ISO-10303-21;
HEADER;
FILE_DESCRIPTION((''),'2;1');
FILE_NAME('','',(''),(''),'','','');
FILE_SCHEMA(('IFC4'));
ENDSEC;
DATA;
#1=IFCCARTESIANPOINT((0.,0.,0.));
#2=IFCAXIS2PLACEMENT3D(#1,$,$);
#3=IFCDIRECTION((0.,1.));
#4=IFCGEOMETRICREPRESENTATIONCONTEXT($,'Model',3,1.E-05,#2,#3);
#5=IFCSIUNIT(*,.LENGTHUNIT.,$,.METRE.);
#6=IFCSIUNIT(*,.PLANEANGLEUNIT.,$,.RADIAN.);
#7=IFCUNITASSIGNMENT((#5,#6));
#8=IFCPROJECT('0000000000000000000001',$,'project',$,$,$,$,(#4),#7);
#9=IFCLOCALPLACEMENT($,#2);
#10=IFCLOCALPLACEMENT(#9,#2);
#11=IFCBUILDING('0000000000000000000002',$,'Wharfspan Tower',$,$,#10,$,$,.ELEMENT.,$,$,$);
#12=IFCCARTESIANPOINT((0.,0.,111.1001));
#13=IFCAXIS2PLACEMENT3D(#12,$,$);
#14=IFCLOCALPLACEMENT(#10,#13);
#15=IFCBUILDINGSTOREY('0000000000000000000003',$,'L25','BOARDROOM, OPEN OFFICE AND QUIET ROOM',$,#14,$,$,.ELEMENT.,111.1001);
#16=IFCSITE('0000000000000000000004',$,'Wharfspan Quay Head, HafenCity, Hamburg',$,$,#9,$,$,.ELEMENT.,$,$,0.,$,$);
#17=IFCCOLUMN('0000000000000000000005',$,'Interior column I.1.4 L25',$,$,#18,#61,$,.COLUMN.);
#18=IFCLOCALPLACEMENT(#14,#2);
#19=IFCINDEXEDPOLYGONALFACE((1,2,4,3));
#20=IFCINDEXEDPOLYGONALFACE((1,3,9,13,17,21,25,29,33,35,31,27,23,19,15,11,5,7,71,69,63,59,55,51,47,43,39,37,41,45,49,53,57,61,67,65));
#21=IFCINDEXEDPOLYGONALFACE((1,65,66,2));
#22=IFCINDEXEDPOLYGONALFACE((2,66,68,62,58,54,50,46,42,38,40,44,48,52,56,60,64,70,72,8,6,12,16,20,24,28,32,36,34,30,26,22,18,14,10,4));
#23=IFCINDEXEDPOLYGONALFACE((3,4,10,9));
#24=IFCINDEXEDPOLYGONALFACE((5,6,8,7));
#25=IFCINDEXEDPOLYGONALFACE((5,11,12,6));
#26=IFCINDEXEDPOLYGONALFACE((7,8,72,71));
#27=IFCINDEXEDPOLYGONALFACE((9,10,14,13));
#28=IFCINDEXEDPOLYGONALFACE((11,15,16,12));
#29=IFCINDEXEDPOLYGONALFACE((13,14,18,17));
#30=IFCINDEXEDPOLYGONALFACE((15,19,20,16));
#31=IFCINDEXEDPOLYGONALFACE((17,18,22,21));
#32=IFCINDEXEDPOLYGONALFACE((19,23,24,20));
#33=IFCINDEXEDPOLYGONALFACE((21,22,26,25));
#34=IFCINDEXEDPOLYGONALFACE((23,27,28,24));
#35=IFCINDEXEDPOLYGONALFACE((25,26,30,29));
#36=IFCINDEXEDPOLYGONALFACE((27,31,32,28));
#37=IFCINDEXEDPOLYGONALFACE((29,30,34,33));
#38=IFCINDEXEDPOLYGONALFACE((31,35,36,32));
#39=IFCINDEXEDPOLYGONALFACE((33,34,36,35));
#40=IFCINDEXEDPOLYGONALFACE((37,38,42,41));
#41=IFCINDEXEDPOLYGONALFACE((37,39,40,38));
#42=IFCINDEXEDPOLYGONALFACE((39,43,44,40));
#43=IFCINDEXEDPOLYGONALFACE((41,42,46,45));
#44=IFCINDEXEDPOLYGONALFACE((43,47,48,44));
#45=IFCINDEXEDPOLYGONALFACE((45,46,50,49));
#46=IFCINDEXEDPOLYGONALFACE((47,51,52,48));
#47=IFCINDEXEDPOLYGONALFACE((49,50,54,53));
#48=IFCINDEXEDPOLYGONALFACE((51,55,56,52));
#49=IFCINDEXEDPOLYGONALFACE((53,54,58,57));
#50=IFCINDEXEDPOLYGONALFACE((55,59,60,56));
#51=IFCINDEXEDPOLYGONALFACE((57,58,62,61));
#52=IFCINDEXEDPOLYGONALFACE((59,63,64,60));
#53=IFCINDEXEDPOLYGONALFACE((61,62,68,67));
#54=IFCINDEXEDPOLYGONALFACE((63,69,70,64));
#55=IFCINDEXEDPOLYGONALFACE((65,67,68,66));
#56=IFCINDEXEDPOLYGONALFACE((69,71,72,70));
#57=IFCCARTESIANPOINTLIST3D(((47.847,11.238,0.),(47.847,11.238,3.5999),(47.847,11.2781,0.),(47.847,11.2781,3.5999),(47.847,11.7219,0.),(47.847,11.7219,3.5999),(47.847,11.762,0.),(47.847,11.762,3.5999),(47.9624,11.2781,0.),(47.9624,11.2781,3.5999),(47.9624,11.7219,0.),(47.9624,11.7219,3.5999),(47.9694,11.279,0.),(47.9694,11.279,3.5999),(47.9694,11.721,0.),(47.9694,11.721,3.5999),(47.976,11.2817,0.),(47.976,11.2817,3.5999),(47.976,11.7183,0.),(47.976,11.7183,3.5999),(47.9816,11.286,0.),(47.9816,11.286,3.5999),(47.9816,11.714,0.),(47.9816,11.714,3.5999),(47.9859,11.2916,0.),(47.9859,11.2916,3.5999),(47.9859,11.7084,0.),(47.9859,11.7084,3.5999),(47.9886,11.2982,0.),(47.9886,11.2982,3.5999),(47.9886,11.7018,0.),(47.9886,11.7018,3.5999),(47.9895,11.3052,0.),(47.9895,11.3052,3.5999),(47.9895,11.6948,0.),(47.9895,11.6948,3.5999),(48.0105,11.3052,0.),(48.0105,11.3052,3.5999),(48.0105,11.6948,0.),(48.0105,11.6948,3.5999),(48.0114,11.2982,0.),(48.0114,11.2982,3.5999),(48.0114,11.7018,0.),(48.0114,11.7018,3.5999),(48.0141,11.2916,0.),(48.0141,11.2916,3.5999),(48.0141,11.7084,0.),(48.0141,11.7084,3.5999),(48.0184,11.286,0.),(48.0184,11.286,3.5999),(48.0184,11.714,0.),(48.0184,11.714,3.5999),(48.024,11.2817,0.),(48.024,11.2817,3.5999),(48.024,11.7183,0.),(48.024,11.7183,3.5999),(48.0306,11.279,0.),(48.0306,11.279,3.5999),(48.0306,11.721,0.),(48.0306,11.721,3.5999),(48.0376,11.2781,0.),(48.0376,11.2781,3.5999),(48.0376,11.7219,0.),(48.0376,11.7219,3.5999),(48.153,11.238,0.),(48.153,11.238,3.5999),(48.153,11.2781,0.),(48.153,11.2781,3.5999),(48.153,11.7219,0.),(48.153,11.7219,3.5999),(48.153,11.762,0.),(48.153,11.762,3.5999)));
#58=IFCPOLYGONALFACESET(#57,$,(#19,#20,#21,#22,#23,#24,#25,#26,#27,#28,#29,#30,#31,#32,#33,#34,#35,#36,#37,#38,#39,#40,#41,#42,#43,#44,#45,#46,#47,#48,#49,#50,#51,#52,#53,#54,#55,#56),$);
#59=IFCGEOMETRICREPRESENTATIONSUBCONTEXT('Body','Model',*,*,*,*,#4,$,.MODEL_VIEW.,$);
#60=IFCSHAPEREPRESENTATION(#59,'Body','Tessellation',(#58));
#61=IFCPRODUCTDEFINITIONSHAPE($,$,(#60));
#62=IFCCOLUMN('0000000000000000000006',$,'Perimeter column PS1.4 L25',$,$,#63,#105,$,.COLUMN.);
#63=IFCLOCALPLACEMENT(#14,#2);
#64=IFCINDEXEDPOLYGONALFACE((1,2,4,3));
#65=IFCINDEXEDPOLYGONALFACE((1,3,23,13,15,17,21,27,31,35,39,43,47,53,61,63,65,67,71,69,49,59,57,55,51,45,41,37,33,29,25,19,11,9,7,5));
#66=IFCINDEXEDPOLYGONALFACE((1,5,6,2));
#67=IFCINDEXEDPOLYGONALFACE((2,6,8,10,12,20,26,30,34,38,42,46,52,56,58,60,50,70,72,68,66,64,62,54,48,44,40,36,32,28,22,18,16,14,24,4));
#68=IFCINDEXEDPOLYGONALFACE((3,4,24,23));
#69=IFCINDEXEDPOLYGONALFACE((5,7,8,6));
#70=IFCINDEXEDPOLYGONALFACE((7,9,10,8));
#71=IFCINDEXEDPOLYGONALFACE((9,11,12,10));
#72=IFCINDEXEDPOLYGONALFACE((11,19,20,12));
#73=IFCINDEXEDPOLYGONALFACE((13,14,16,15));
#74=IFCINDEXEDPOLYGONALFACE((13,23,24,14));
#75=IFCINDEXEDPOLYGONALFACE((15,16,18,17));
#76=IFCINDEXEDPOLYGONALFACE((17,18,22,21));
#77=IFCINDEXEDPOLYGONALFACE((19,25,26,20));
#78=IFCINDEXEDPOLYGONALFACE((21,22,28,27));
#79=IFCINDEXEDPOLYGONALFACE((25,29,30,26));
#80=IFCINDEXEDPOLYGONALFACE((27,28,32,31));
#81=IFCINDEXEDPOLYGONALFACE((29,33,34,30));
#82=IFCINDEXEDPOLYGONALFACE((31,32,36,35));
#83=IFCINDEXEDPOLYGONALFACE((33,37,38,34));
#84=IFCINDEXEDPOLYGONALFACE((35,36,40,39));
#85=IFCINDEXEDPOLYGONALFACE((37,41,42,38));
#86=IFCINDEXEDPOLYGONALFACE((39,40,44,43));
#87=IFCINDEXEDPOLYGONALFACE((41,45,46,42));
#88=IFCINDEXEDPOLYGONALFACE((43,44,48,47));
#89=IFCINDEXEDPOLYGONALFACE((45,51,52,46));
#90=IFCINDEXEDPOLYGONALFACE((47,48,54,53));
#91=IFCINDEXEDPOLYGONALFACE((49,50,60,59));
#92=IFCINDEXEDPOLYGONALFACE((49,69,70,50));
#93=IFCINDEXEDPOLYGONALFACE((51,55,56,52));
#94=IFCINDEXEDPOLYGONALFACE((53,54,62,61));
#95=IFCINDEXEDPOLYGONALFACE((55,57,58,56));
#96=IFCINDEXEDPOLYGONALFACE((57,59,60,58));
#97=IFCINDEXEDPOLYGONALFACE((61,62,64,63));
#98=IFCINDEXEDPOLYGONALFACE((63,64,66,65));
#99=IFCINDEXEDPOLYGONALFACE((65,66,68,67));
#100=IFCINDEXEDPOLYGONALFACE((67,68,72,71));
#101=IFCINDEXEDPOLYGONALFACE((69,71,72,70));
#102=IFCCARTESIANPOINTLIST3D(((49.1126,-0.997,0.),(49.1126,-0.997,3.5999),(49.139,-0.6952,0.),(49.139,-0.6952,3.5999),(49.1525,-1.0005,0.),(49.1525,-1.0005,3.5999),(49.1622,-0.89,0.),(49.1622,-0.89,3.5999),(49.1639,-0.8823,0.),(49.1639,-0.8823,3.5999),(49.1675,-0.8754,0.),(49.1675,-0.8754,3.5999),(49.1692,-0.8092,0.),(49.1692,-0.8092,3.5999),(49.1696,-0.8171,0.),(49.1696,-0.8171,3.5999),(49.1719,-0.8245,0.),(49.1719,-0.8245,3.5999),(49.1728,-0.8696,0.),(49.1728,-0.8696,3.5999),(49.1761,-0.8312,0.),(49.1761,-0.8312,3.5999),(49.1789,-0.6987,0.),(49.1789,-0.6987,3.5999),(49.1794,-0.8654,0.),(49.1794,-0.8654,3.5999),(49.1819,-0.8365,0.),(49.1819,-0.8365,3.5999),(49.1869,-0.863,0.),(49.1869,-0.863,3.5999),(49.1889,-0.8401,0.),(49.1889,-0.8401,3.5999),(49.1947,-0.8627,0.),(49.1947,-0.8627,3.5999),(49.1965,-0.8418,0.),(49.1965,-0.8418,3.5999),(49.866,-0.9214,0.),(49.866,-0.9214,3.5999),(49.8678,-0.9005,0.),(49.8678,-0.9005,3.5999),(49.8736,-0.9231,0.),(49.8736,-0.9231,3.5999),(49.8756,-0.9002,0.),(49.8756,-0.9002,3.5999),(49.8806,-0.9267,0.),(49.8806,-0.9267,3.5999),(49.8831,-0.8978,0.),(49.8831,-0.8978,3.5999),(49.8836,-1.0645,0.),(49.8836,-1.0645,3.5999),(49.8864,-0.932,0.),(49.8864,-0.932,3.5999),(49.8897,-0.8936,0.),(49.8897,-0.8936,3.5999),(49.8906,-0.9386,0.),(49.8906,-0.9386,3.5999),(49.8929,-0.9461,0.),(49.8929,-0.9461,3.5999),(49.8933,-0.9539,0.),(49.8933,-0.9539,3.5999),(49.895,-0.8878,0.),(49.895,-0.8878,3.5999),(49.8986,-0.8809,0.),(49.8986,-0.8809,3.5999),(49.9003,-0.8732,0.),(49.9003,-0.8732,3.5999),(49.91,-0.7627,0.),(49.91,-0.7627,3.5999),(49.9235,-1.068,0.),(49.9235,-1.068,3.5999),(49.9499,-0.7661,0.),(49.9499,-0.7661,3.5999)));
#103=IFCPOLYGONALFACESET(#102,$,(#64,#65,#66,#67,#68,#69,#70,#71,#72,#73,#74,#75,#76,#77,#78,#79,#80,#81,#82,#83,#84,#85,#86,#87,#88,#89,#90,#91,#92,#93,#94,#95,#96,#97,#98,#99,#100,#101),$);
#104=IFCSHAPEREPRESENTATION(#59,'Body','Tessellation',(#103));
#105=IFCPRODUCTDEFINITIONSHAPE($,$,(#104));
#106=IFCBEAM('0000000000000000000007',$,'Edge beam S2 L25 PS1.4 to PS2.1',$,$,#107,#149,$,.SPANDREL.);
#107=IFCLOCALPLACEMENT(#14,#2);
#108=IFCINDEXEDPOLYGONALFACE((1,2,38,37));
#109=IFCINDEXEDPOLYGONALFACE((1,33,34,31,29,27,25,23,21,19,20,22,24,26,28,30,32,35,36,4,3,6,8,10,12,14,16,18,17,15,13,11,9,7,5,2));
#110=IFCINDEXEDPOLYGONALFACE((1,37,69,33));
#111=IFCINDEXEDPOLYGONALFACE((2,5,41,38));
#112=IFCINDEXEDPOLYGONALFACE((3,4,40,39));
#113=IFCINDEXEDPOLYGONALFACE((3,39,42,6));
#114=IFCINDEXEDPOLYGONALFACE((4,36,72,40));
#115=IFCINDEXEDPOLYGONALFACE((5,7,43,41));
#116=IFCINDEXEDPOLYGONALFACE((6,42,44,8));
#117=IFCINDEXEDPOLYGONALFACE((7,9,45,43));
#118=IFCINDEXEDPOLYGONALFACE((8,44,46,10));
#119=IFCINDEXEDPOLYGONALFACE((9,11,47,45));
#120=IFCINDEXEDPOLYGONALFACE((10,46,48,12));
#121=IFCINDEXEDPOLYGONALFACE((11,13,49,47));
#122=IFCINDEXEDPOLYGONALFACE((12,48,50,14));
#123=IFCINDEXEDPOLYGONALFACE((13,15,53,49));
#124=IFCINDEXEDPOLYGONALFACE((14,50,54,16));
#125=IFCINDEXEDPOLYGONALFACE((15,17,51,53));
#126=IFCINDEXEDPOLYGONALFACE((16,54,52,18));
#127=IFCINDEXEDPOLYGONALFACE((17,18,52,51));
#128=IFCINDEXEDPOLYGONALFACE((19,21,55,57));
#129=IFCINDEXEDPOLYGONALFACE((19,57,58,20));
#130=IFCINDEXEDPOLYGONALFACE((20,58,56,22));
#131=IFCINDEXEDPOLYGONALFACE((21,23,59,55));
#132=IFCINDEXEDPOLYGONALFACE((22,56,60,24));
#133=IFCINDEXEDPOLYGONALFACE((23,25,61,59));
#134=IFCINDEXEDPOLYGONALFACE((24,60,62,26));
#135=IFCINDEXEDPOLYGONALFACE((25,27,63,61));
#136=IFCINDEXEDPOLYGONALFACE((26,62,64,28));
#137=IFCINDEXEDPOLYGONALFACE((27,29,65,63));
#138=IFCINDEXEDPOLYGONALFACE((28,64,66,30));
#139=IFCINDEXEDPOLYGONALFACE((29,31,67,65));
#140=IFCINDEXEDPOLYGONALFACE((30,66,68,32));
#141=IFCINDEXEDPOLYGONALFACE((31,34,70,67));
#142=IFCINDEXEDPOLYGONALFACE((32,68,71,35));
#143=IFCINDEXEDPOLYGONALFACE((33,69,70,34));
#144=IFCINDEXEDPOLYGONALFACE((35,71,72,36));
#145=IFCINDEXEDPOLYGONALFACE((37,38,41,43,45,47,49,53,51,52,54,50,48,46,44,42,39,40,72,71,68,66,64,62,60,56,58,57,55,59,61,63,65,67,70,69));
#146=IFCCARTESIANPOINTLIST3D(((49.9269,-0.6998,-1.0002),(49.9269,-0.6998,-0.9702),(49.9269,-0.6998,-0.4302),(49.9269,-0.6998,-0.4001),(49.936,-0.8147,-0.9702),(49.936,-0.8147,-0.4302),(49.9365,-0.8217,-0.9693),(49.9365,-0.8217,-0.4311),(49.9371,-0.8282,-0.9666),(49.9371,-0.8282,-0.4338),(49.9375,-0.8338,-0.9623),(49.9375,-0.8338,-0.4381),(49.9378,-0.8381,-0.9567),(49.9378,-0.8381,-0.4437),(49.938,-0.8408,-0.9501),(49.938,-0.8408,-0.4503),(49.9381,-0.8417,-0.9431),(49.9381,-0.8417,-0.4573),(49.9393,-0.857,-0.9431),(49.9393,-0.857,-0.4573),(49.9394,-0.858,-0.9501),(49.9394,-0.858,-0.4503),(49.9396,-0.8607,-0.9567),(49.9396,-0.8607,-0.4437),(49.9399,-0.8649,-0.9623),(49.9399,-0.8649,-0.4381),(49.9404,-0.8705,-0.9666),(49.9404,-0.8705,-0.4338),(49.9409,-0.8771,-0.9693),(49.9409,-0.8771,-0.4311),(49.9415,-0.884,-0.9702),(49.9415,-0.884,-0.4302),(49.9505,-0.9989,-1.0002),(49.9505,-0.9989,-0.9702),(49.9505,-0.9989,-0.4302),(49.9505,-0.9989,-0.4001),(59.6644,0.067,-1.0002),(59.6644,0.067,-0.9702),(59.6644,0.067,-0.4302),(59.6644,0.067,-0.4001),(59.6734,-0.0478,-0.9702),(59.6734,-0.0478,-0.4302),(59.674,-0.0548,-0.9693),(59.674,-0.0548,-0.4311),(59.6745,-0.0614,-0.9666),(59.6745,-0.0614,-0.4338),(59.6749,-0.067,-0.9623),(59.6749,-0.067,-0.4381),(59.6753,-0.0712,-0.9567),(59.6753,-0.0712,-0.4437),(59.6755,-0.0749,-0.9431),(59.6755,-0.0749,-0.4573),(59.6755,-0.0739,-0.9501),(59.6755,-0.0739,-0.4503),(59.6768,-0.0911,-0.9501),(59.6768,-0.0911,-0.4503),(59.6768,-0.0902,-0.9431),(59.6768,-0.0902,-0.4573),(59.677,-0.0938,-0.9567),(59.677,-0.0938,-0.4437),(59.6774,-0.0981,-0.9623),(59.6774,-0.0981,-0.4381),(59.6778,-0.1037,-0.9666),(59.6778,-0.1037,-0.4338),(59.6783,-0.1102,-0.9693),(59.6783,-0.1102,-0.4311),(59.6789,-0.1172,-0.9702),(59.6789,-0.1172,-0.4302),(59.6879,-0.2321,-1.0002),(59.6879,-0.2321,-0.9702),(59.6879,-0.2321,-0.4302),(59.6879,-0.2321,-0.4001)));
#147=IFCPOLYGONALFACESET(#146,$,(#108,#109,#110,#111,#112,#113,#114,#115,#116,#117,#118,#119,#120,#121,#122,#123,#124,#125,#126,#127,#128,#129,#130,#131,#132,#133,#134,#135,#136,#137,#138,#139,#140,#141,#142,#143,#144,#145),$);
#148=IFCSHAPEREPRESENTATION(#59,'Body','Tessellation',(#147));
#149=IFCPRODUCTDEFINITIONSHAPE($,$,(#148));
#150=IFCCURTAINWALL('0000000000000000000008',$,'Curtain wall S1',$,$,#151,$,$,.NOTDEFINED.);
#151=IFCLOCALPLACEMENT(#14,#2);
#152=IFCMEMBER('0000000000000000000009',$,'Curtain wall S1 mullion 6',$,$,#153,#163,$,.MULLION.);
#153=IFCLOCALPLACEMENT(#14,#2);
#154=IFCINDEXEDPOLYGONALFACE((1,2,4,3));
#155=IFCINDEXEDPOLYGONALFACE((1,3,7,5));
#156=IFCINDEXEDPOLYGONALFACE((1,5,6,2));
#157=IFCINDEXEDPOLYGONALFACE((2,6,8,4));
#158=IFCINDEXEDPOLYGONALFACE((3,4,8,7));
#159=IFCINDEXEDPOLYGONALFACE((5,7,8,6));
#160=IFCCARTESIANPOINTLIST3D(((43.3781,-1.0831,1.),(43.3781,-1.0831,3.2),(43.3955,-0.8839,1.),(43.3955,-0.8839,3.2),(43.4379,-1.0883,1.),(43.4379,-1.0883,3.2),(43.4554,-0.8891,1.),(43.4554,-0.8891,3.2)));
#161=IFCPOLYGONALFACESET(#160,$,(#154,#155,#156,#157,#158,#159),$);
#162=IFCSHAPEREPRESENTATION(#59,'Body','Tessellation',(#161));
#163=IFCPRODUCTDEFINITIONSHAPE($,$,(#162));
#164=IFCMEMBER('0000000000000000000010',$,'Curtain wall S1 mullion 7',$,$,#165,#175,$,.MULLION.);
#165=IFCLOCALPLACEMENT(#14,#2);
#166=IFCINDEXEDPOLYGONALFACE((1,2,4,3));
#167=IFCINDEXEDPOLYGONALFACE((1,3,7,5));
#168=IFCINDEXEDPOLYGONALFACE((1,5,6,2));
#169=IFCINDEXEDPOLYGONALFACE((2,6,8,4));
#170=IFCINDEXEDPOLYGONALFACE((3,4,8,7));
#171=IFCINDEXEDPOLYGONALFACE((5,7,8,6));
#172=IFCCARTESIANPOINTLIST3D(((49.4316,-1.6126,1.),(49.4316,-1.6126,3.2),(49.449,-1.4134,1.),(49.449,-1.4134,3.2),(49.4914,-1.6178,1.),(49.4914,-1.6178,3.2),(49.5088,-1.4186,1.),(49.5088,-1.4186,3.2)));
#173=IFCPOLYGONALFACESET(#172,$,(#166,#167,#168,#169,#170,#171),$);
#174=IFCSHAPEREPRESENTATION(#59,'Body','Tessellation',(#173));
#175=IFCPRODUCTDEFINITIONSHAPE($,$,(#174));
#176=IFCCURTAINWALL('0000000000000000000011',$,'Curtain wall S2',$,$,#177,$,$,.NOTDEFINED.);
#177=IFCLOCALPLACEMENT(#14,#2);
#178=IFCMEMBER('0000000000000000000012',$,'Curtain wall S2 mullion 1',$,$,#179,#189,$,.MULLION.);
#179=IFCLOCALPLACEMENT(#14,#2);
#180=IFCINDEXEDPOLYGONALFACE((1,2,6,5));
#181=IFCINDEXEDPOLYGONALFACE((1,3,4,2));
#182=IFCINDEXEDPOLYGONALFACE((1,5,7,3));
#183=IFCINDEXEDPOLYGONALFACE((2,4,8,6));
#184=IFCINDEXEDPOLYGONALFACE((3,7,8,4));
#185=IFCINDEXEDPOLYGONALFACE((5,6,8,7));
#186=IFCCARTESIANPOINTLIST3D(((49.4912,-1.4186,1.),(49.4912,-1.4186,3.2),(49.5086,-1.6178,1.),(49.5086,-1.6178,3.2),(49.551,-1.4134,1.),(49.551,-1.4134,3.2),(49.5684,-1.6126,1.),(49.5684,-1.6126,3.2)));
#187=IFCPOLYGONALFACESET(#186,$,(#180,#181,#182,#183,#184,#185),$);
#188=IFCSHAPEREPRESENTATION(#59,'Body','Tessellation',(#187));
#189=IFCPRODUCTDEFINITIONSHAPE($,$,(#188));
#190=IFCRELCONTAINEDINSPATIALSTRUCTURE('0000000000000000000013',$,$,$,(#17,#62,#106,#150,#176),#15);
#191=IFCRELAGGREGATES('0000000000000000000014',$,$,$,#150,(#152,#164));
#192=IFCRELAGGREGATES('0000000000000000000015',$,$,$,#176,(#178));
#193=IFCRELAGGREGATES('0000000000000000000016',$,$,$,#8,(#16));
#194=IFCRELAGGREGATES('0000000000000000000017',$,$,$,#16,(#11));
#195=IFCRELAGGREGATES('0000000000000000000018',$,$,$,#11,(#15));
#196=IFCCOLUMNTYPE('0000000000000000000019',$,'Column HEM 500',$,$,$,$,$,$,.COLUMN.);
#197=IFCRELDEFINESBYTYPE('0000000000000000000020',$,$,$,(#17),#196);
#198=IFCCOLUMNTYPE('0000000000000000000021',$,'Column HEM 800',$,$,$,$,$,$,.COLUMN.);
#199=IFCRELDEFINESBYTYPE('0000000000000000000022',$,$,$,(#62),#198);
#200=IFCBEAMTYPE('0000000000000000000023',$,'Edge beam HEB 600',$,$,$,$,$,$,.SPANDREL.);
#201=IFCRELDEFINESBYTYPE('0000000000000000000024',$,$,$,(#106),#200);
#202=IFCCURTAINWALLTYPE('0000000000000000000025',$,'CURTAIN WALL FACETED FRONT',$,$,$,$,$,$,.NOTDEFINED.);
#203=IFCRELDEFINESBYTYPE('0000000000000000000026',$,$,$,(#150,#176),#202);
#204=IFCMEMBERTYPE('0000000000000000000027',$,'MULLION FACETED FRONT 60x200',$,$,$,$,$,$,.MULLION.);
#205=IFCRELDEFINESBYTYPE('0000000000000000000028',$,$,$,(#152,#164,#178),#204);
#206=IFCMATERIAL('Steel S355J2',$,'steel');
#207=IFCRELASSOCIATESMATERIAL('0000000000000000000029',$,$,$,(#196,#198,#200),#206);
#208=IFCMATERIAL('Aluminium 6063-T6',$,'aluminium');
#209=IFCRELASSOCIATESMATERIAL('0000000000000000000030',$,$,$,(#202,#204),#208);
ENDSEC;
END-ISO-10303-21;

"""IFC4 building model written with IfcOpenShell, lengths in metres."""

from ifc_helpers import new_model, si_unit, direction, frame, origin, origin_2d, place, context, subcontext, project, spatial, rectangle, i_section, extrude, material, material_profile, profile_set, type_object, element, aggregate, save


model = new_model("IFC4")

# Units and contexts
model_context = context("Model", 3, precision=1e-05, world=origin(), true_north=direction((0.0, 1.0)))
body_context = subcontext(model_context, "Body", "Model", "MODEL_VIEW")
ifc_project = project(units=[si_unit("LENGTHUNIT", "METRE"), si_unit("PLANEANGLEUNIT", "RADIAN")], contexts=[model_context])

# Site, building, storey
site_placement = place(None, origin())
site = spatial("IfcSite", under=ifc_project, at=site_placement, Name="Wharfspan Quay Head, HafenCity, Hamburg", CompositionType="ELEMENT", RefElevation=0.0)
building_placement = place(site_placement, origin())
building = spatial("IfcBuilding", under=site, at=building_placement, Name="Wharfspan Tower", CompositionType="ELEMENT")
storey_placement = place(building_placement, frame((0.0, 0.0, 111.1001)))
storey = spatial("IfcBuildingStorey", under=building, at=storey_placement, Name="L25", Description="BOARDROOM, OPEN OFFICE AND QUIET ROOM", CompositionType="ELEMENT", Elevation=111.1001)

# Columns
ifc_material_1 = material(Name="Steel S355J2", Category="steel")
ifc_material_profile_1 = material_profile(ifc_material_1, i_section(OverallWidth=0.3059, OverallDepth=0.5239, WebThickness=0.021, FlangeThickness=0.04, FilletRadius=0.0271, at=origin_2d()))
ifc_profile_set_1 = profile_set([ifc_material_profile_1], Name="Steel S355J2")
column_type_1 = type_object("IfcColumnType", Name="Column HEM 500", PredefinedType="COLUMN", material=ifc_profile_set_1)
column_1_placement = place(storey_placement, frame((48.0, 11.5, 0.0), z_axis=(0.0, 0.0, 1.0), x_axis=(1.0, 0.0, 0.0)))
element("IfcColumn", 1, at=column_1_placement, inside=storey, type_object=column_type_1, Name="Interior column I.1.4 L25", PredefinedType="COLUMN", context=body_context, shape_type="SweptSolid", body=[
    extrude(i_section(OverallWidth=0.3059, OverallDepth=0.5239, WebThickness=0.021, FlangeThickness=0.04, FilletRadius=0.0271, at=origin_2d()), origin(), (0.0, 0.0, 1.0), 3.5999),
])
ifc_material_profile_2 = material_profile(ifc_material_1, i_section(OverallWidth=0.303, OverallDepth=0.814, WebThickness=0.021, FlangeThickness=0.04, FilletRadius=0.03, at=origin_2d()))
ifc_profile_set_2 = profile_set([ifc_material_profile_2], Name="Steel S355J2")
column_type_2 = type_object("IfcColumnType", Name="Column HEM 800", PredefinedType="COLUMN", material=ifc_profile_set_2)
column_2_placement = place(storey_placement, frame((49.5312, -0.8816, 0.0), z_axis=(0.0, 0.0, 1.0), x_axis=(-0.087156, -0.996198, 0.0)))
element("IfcColumn", 2, at=column_2_placement, inside=storey, type_object=column_type_2, Name="Perimeter column PS1.4 L25", PredefinedType="COLUMN", context=body_context, shape_type="SweptSolid", body=[
    extrude(i_section(OverallWidth=0.303, OverallDepth=0.814, WebThickness=0.021, FlangeThickness=0.04, FilletRadius=0.03, at=origin_2d()), origin(), (0.0, 0.0, 1.0), 3.5999),
])

# Beam
ifc_material_profile_3 = material_profile(ifc_material_1, i_section(OverallWidth=0.3, OverallDepth=0.6001, WebThickness=0.0154, FlangeThickness=0.03, FilletRadius=0.0271, at=origin_2d()))
ifc_profile_set_3 = profile_set([ifc_material_profile_3], Name="Steel S355J2")
beam_type = type_object("IfcBeamType", Name="Edge beam HEB 600", PredefinedType="SPANDREL", material=ifc_profile_set_3)
beam_placement = place(storey_placement, frame((49.9387, -0.8494, -0.7002), z_axis=(0.996913, 0.078508, 0.0), x_axis=(-0.078508, 0.996913, 0.0)))
element("IfcBeam", 3, at=beam_placement, inside=storey, type_object=beam_type, Name="Edge beam S2 L25 PS1.4 to PS2.1", PredefinedType="SPANDREL", context=body_context, shape_type="SweptSolid", body=[
    extrude(i_section(OverallWidth=0.3, OverallDepth=0.6001, WebThickness=0.0154, FlangeThickness=0.03, FilletRadius=0.0271, at=origin_2d()), origin(), (0.0, 0.0, 1.0), 9.7676),
])

# Curtain walls, members
ifc_material_2 = material(Name="Aluminium 6063-T6", Category="aluminium")
curtain_wall_type = type_object("IfcCurtainWallType", Name="CURTAIN WALL FACETED FRONT", PredefinedType="NOTDEFINED", material=ifc_material_2)
curtain_wall_1_placement = place(storey_placement, origin())
curtain_wall_1 = element("IfcCurtainWall", 4, at=curtain_wall_1_placement, inside=storey, type_object=curtain_wall_type, Name="Curtain wall S1", PredefinedType="NOTDEFINED")
ifc_material_profile_4 = material_profile(ifc_material_2, rectangle(XDim=0.2, YDim=0.0601, at=origin_2d()))
ifc_profile_set_4 = profile_set([ifc_material_profile_4], Name="Aluminium 6063-T6")
member_type_1 = type_object("IfcMemberType", Name="MULLION FACETED FRONT 60x200", PredefinedType="MULLION", material=ifc_profile_set_4)
member_1_placement = place(storey_placement, frame((43.4167, -0.9861, 1.0), z_axis=(0.0, 0.0, 1.0), x_axis=(0.087156, 0.996198, 0.0)))
member_1 = element("IfcMember", 5, at=member_1_placement, type_object=member_type_1, Name="Curtain wall S1 mullion 6", PredefinedType="MULLION", context=body_context, shape_type="SweptSolid", body=[
    extrude(rectangle(XDim=0.2, YDim=0.0601, at=origin_2d()), origin(), (0.0, 0.0, 1.0), 2.2),
])
member_2_placement = place(storey_placement, frame((49.4702, -1.5156, 1.0), z_axis=(0.0, 0.0, 1.0), x_axis=(0.087156, 0.996198, 0.0)))
member_2 = element("IfcMember", 6, at=member_2_placement, type_object=member_type_1, Name="Curtain wall S1 mullion 7", PredefinedType="MULLION", context=body_context, shape_type="SweptSolid", body=[
    extrude(rectangle(XDim=0.2, YDim=0.0601, at=origin_2d()), origin(), (0.0, 0.0, 1.0), 2.2),
])
curtain_wall_2_placement = place(storey_placement, origin())
curtain_wall_2 = element("IfcCurtainWall", 7, at=curtain_wall_2_placement, inside=storey, type_object=curtain_wall_type, Name="Curtain wall S2", PredefinedType="NOTDEFINED")
member_3_placement = place(storey_placement, frame((49.5298, -1.5156, 1.0), z_axis=(0.0, 0.0, 1.0), x_axis=(-0.087156, 0.996198, 0.0)))
member_3 = element("IfcMember", 8, at=member_3_placement, type_object=member_type_1, Name="Curtain wall S2 mullion 1", PredefinedType="MULLION", context=body_context, shape_type="SweptSolid", body=[
    extrude(rectangle(XDim=0.2, YDim=0.0601, at=origin_2d()), origin(), (0.0, 0.0, 1.0), 2.2),
])

aggregate(curtain_wall_1, [member_1, member_2])
aggregate(curtain_wall_2, [member_3])

save(model, "model.ifc")
